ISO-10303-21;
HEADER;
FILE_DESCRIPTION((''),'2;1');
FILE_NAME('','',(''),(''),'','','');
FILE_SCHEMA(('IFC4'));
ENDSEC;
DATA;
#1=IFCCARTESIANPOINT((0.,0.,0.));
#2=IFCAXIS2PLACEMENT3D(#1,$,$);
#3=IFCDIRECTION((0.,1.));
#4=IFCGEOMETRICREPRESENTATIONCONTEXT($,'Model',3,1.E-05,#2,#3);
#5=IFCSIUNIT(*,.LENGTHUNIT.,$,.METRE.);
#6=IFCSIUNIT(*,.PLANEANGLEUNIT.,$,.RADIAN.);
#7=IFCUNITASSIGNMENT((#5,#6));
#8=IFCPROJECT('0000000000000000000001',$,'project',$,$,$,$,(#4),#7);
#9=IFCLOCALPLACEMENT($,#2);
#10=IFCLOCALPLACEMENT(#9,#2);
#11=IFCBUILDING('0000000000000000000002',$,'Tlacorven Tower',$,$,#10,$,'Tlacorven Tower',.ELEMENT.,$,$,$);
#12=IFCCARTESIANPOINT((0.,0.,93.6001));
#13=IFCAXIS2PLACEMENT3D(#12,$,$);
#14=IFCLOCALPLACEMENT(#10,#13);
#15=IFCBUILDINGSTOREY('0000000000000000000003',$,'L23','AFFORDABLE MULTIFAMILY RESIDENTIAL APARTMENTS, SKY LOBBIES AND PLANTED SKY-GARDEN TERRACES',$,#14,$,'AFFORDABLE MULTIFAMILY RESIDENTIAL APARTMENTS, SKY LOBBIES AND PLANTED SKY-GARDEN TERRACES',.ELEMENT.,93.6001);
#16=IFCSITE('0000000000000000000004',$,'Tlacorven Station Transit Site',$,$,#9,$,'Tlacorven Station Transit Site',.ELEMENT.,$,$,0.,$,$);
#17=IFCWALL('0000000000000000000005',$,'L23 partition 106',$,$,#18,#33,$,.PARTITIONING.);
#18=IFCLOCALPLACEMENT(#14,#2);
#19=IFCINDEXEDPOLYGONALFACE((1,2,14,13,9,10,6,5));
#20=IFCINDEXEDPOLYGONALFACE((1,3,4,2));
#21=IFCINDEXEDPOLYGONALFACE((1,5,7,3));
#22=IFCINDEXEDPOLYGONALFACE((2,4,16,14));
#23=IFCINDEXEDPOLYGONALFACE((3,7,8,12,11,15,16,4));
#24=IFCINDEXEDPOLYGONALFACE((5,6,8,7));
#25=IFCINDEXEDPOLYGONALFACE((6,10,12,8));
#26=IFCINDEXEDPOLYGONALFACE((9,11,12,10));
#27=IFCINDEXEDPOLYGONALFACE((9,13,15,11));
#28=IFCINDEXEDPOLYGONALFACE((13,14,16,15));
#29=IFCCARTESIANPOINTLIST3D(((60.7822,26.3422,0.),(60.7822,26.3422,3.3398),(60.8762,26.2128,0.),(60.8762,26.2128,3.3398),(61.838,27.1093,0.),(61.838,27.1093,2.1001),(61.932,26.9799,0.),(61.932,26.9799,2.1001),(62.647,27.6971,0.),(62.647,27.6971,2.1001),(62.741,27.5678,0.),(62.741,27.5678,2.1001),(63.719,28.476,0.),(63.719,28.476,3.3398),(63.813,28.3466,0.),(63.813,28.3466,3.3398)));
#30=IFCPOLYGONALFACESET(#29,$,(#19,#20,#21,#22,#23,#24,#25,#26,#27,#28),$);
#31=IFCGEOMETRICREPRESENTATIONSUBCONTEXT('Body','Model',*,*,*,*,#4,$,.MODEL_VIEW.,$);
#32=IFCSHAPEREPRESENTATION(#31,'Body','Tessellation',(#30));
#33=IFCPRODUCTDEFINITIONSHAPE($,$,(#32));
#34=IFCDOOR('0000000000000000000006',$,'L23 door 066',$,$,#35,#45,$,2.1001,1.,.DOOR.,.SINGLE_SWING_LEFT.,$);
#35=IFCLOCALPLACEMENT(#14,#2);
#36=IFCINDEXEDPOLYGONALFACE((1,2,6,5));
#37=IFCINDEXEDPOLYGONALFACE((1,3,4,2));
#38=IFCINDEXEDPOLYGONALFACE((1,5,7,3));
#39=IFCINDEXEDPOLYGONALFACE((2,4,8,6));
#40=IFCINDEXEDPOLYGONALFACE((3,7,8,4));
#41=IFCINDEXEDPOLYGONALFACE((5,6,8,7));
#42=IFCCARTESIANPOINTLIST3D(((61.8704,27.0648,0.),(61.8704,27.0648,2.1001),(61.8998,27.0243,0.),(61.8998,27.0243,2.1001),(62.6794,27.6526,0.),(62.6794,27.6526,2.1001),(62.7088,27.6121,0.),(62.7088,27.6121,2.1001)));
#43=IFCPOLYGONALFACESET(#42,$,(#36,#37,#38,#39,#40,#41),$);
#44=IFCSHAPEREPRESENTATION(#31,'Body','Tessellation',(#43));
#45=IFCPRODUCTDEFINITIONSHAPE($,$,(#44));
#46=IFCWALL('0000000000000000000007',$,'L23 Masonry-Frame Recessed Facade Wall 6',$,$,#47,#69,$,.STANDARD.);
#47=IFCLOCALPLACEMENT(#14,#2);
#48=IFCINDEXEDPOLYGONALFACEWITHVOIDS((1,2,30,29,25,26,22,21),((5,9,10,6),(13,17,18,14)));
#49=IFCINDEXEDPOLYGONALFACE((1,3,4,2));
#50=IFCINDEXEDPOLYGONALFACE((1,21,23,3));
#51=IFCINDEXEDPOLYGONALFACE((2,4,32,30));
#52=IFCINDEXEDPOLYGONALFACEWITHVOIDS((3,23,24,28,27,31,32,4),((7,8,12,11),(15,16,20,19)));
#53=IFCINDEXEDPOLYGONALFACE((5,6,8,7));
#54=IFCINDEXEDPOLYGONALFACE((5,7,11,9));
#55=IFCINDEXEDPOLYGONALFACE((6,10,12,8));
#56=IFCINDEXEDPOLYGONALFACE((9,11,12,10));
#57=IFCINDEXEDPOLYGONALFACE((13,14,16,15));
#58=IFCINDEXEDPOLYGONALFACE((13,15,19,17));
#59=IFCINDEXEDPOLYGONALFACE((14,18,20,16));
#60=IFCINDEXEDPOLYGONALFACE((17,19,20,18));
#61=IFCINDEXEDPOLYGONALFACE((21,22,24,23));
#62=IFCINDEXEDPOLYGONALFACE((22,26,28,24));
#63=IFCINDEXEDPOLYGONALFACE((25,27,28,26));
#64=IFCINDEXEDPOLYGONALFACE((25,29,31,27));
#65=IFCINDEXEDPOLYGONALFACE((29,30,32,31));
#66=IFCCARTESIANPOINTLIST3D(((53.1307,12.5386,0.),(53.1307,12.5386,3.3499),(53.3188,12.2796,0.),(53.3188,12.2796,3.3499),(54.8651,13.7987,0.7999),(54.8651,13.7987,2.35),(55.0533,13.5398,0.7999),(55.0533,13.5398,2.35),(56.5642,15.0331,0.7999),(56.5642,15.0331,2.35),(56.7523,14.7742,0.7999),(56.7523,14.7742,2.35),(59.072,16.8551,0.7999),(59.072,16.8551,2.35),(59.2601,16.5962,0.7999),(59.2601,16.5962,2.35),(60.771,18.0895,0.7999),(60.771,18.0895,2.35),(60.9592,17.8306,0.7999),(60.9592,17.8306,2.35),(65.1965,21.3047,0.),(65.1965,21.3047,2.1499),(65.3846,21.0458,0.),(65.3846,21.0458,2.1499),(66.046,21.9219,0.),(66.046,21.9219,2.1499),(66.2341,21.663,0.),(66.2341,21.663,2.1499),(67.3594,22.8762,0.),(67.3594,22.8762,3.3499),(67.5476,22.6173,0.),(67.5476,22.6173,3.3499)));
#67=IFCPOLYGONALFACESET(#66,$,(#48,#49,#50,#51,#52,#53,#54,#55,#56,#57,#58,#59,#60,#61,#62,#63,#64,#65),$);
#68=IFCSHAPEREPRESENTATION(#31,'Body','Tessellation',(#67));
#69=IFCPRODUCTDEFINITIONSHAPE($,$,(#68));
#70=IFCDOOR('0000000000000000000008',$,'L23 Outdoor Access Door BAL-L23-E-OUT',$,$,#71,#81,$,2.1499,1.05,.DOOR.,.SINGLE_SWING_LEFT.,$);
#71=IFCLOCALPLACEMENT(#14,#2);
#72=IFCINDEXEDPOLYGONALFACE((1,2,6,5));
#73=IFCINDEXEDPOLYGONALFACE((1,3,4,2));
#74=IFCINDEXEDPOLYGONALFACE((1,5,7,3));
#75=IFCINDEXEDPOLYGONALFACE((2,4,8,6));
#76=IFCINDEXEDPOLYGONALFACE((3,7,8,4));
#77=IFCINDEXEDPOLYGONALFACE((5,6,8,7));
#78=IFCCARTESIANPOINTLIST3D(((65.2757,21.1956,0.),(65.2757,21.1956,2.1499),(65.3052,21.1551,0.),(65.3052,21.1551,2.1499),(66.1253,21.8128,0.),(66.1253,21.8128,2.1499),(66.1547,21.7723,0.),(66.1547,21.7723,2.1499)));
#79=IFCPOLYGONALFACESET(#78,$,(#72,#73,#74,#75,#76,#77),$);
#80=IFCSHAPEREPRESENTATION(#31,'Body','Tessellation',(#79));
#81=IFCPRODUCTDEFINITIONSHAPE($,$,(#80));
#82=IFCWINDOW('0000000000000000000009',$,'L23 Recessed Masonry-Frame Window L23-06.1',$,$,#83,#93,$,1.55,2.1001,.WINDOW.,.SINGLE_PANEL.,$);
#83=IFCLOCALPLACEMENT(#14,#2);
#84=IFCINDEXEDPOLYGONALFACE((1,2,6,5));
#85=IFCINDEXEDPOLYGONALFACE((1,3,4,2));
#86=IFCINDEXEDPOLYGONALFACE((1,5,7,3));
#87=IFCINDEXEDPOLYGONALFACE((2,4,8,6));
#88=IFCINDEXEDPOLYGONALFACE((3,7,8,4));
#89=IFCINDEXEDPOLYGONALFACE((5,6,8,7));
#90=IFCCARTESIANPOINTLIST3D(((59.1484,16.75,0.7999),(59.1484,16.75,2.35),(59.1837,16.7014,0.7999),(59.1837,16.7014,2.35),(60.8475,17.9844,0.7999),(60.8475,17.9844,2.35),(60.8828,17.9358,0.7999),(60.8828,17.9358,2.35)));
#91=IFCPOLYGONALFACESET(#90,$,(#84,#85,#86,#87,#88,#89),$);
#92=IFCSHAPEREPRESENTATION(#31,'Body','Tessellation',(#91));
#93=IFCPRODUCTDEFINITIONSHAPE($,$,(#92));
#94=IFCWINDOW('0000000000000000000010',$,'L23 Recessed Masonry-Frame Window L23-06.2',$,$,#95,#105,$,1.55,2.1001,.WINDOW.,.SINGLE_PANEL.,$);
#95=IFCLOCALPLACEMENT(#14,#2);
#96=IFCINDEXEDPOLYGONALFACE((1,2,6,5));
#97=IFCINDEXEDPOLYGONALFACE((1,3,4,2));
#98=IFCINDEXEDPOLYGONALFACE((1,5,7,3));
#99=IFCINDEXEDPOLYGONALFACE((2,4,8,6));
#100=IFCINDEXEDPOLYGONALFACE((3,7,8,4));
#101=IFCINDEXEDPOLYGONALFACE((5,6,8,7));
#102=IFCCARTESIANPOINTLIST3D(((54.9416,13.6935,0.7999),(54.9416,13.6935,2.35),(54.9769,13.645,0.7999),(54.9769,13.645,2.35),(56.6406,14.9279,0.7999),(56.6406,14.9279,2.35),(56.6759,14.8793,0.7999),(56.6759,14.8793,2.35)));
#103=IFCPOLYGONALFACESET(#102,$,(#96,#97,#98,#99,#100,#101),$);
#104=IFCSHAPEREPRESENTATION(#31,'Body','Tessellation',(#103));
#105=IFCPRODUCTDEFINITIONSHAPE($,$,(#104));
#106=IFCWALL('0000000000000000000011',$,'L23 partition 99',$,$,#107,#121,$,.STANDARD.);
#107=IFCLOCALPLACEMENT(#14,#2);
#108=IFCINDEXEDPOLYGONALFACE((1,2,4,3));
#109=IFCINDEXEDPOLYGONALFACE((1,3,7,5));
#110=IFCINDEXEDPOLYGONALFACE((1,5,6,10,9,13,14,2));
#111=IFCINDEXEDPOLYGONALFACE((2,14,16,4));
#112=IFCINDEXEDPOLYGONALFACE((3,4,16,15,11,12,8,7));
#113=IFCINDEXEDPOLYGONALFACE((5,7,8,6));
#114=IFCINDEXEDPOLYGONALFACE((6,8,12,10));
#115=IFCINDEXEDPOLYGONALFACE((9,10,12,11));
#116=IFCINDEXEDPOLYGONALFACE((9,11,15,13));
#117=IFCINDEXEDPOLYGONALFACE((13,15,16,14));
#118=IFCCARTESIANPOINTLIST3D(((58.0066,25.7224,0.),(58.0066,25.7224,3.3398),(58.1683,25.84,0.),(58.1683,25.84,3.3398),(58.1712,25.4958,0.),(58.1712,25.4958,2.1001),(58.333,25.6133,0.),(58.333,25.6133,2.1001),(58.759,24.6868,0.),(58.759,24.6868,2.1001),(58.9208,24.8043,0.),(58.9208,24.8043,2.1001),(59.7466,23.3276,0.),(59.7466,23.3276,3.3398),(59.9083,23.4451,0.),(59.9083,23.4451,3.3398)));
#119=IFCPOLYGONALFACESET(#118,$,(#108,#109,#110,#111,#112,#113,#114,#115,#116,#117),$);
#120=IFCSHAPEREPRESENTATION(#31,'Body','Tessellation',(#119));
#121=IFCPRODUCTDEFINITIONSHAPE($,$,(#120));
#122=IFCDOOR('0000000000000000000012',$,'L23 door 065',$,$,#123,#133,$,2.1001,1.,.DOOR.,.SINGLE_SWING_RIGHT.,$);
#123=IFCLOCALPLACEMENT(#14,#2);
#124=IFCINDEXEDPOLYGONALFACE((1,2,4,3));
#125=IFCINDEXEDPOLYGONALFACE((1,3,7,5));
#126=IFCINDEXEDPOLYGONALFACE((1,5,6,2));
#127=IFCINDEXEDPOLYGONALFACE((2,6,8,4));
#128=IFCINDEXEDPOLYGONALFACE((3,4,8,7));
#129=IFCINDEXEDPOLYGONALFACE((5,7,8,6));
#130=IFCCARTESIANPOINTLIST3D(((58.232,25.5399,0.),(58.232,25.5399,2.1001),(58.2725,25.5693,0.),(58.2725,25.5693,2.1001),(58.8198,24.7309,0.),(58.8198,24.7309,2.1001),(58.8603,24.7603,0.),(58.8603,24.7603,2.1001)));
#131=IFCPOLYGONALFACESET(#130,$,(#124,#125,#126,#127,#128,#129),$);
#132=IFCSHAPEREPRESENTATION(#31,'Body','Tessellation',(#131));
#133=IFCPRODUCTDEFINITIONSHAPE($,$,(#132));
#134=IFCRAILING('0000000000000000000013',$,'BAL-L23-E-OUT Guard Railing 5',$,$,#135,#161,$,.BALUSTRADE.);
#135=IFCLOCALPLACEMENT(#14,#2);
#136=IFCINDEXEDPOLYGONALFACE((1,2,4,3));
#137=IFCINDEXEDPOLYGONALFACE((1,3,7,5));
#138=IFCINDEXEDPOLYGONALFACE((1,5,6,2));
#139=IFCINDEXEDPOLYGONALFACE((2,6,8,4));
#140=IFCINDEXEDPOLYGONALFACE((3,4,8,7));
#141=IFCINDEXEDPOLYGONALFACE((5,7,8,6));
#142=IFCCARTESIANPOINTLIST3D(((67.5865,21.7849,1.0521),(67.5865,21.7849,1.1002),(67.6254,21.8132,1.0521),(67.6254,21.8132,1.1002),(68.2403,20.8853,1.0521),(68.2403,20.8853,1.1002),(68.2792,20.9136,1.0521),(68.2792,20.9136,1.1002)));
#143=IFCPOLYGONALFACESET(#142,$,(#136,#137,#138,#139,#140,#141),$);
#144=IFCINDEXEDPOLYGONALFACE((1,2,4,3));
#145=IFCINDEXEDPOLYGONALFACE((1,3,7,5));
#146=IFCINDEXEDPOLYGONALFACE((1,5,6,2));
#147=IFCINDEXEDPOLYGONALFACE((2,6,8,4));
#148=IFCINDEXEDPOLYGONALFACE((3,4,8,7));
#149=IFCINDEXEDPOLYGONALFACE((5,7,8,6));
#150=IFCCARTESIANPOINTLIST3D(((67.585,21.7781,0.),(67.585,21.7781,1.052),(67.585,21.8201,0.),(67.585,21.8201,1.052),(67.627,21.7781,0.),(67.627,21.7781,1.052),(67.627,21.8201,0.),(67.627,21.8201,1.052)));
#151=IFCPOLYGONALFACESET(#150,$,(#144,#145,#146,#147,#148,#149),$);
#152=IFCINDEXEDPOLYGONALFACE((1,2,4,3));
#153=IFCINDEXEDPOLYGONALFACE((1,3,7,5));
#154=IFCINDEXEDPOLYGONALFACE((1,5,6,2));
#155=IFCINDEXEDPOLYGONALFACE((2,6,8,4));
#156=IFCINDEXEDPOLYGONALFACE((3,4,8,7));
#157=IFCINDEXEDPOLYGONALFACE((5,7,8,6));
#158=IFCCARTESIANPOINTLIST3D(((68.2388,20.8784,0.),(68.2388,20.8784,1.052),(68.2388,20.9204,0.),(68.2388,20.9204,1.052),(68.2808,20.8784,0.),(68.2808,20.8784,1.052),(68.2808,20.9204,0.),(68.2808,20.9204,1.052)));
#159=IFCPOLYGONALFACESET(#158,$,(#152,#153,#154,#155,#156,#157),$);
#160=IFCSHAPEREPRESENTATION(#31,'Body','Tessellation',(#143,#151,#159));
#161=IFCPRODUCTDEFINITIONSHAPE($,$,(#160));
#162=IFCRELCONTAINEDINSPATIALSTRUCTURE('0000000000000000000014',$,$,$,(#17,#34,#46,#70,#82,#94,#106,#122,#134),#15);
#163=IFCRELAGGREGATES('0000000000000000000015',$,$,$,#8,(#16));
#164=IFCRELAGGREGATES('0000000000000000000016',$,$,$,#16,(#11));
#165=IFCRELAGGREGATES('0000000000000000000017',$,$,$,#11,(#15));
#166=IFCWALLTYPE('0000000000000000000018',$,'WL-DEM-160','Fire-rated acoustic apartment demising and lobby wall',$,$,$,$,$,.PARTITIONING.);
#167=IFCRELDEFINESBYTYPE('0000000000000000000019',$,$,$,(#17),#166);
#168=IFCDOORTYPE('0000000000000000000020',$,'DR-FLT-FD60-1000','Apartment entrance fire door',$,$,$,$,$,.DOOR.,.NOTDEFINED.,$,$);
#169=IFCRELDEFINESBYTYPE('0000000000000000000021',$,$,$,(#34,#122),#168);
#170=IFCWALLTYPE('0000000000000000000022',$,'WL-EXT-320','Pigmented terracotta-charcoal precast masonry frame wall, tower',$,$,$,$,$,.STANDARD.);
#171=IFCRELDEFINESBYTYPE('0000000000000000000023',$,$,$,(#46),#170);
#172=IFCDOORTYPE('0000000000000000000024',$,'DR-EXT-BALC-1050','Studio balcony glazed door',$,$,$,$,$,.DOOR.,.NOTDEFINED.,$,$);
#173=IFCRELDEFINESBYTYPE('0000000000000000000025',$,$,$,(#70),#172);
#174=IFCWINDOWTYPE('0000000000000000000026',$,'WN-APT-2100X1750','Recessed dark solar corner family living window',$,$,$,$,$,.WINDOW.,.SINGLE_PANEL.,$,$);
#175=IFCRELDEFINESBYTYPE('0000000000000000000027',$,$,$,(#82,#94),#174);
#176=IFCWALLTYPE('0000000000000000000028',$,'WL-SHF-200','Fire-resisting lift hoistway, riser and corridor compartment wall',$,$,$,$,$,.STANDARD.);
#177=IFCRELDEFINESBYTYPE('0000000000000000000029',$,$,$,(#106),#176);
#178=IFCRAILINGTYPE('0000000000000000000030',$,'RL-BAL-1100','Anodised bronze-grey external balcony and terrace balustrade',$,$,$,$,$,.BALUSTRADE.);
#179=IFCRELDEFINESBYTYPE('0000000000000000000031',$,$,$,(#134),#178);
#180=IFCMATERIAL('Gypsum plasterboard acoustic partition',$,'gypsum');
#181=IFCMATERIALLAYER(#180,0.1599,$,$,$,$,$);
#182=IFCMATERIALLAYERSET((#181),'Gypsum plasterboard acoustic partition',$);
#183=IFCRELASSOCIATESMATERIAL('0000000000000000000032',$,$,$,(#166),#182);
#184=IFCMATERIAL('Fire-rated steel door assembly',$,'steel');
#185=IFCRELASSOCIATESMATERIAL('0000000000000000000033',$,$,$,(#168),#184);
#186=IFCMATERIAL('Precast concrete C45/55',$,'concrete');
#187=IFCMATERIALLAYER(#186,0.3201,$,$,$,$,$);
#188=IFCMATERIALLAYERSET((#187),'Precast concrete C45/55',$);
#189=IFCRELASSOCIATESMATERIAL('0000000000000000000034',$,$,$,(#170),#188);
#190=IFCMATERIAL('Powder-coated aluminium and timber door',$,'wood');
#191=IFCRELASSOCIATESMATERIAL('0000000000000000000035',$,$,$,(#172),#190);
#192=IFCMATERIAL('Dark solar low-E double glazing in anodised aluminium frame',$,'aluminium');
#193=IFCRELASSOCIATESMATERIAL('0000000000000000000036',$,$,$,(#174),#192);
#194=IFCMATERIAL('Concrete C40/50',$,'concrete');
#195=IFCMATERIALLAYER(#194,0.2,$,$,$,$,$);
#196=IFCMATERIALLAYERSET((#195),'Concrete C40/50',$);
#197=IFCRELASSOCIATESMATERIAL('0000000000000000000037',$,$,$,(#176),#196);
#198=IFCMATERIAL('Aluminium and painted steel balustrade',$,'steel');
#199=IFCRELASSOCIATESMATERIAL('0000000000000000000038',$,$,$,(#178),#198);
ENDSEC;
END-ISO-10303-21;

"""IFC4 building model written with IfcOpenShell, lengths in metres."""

from ifc_helpers import new_model, si_unit, direction, frame, frame_2d, origin, origin_2d, place, context, subcontext, project, spatial, rectangle, extrude, source, transform, mapped, material, layer, layer_set, type_object, element, fill, save


model = new_model("IFC4")

# Units and contexts
model_context = context("Model", 3, precision=1e-05, world=origin(), true_north=direction((0.0, 1.0)))
body_context = subcontext(model_context, "Body", "Model", "MODEL_VIEW")
ifc_project = project(units=[si_unit("LENGTHUNIT", "METRE"), si_unit("PLANEANGLEUNIT", "RADIAN")], contexts=[model_context])

# Site, building, storey
site_placement = place(None, origin())
site = spatial("IfcSite", under=ifc_project, at=site_placement, Name="Tlacorven Station Transit Site", LongName="Tlacorven Station Transit Site", CompositionType="ELEMENT", RefElevation=0.0)
building_placement = place(site_placement, origin())
building = spatial("IfcBuilding", under=site, at=building_placement, Name="Tlacorven Tower", LongName="Tlacorven Tower", CompositionType="ELEMENT")
storey_placement = place(building_placement, frame((0.0, 0.0, 93.6001)))
storey = spatial("IfcBuildingStorey", under=building, at=storey_placement, Name="L23", Description="AFFORDABLE MULTIFAMILY RESIDENTIAL APARTMENTS, SKY LOBBIES AND PLANTED SKY-GARDEN TERRACES", LongName="AFFORDABLE MULTIFAMILY RESIDENTIAL APARTMENTS, SKY LOBBIES AND PLANTED SKY-GARDEN TERRACES", CompositionType="ELEMENT", Elevation=93.6001)

# Shared definitions
ifc_material_1 = material(Name="Gypsum plasterboard acoustic partition", Category="gypsum")
ifc_layer_1 = layer(ifc_material_1, 0.1599)
ifc_layer_set_1 = layer_set([ifc_layer_1], Name="Gypsum plasterboard acoustic partition")
wall_type_1 = type_object("IfcWallType", Name="WL-DEM-160", Description="Fire-rated acoustic apartment demising and lobby wall", PredefinedType="PARTITIONING", material=ifc_layer_set_1)
ifc_material_2 = material(Name="Fire-rated steel door assembly", Category="steel")
door_type_1 = type_object("IfcDoorType", Name="DR-FLT-FD60-1000", Description="Apartment entrance fire door", OperationType="NOTDEFINED", PredefinedType="DOOR", material=ifc_material_2)
shared_shape_1 = source(origin(), body_context, "Body", "SweptSolid", [
    extrude(rectangle(XDim=1.0, YDim=2.1001, at=frame_2d((0.5, 1.05))), frame((0.0, 0.0249, 0.0), z_axis=(0.0, -1.0, 0.0), x_axis=(1.0, 0.0, 0.0)), (0.0, 0.0, 1.0), 0.05),
])

# Wall, opening, door
wall_1_placement = place(storey_placement, frame((60.8293, 26.2776, 0.0), z_axis=(0.0, 0.0, 1.0), x_axis=(0.809004, 0.587804, 0.0)))
wall_1 = element("IfcWall", 1, at=wall_1_placement, inside=storey, type_object=wall_type_1, Name="L23 partition 106", PredefinedType="PARTITIONING", context=body_context, shape_type="SweptSolid", body=[
    extrude(rectangle(XDim=3.6301, YDim=0.1599, at=frame_2d((1.8149, 0.0))), origin(), (0.0, 0.0, 1.0), 3.3398),
])
opening_1_placement = place(wall_1_placement, frame((1.3049, 0.0, 0.0)))
opening_1 = element("IfcOpeningElement", 2, at=opening_1_placement, cuts=wall_1, PredefinedType="OPENING", context=body_context, shape_type="SweptSolid", body=[
    extrude(rectangle(XDim=1.0, YDim=2.1001, at=frame_2d((0.5, 1.05))), frame((0.0, 0.0898, 0.0), z_axis=(0.0, -1.0, 0.0), x_axis=(1.0, 0.0, 0.0)), (0.0, 0.0, 1.0), 0.1799),
])
door_1_placement = place(opening_1_placement, origin())
door_1 = element("IfcDoor", 3, at=door_1_placement, inside=storey, type_object=door_type_1, Name="L23 door 066", OperationType="SINGLE_SWING_LEFT", OverallHeight=2.1001, OverallWidth=1.0, PredefinedType="DOOR", context=body_context, shape_type="MappedRepresentation", body=[
    mapped(shared_shape_1, transform((0.0, 0.0, 0.0), scale=1.0)),
])
fill(opening_1, door_1)

# Wall, openings, door, windows
ifc_material_3 = material(Name="Precast concrete C45/55", Category="concrete")
ifc_layer_2 = layer(ifc_material_3, 0.3201)
ifc_layer_set_2 = layer_set([ifc_layer_2], Name="Precast concrete C45/55")
wall_type_2 = type_object("IfcWallType", Name="WL-EXT-320", Description="Pigmented terracotta-charcoal precast masonry frame wall, tower", PredefinedType="STANDARD", material=ifc_layer_set_2)
wall_2_placement = place(storey_placement, frame((67.4536, 22.7468, 0.0), z_axis=(0.0, 0.0, 1.0), x_axis=(-0.809021, -0.58778, 0.0)))
wall_2 = element("IfcWall", 4, at=wall_2_placement, inside=storey, type_object=wall_type_2, Name="L23 Masonry-Frame Recessed Facade Wall 6", PredefinedType="STANDARD", context=body_context, shape_type="SweptSolid", body=[
    extrude(rectangle(XDim=17.5876, YDim=0.3201, at=frame_2d((8.7939, 0.0))), origin(), (0.0, 0.0, 1.0), 3.3499),
])
opening_2_placement = place(wall_2_placement, frame((1.6238, 0.0, 0.0)))
opening_2 = element("IfcOpeningElement", 5, at=opening_2_placement, cuts=wall_2, PredefinedType="OPENING", context=body_context, shape_type="SweptSolid", body=[
    extrude(rectangle(XDim=1.05, YDim=2.1499, at=frame_2d((0.5249, 1.075))), frame((0.0, 0.1699, 0.0), z_axis=(0.0, -1.0, 0.0), x_axis=(1.0, 0.0, 0.0)), (0.0, 0.0, 1.0), 0.3401),
])
opening_3_placement = place(wall_2_placement, frame((8.1438, 0.0, 0.8)))
opening_3 = element("IfcOpeningElement", 6, at=opening_3_placement, cuts=wall_2, PredefinedType="OPENING", context=body_context, shape_type="SweptSolid", body=[
    extrude(rectangle(XDim=2.1001, YDim=1.55, at=frame_2d((1.05, 0.7749))), frame((0.0, 0.1699, 0.0), z_axis=(0.0, -1.0, 0.0), x_axis=(1.0, 0.0, 0.0)), (0.0, 0.0, 1.0), 0.3401),
])
opening_4_placement = place(wall_2_placement, frame((13.3438, 0.0, 0.8)))
opening_4 = element("IfcOpeningElement", 7, at=opening_4_placement, cuts=wall_2, PredefinedType="OPENING", context=body_context, shape_type="SweptSolid", body=[
    extrude(rectangle(XDim=2.1001, YDim=1.55, at=frame_2d((1.05, 0.7749))), frame((0.0, 0.1699, 0.0), z_axis=(0.0, -1.0, 0.0), x_axis=(1.0, 0.0, 0.0)), (0.0, 0.0, 1.0), 0.3401),
])
ifc_material_4 = material(Name="Powder-coated aluminium and timber door", Category="wood")
door_type_2 = type_object("IfcDoorType", Name="DR-EXT-BALC-1050", Description="Studio balcony glazed door", OperationType="NOTDEFINED", PredefinedType="DOOR", material=ifc_material_4)
shared_shape_2 = source(origin(), body_context, "Body", "SweptSolid", [
    extrude(rectangle(XDim=1.05, YDim=2.1499, at=frame_2d((0.5249, 1.075))), frame((0.0, 0.0249, 0.0), z_axis=(0.0, -1.0, 0.0), x_axis=(1.0, 0.0, 0.0)), (0.0, 0.0, 1.0), 0.05),
])
door_2_placement = place(opening_2_placement, origin())
door_2 = element("IfcDoor", 8, at=door_2_placement, inside=storey, type_object=door_type_2, Name="L23 Outdoor Access Door BAL-L23-E-OUT", OperationType="SINGLE_SWING_LEFT", OverallHeight=2.1499, OverallWidth=1.05, PredefinedType="DOOR", context=body_context, shape_type="MappedRepresentation", body=[
    mapped(shared_shape_2, transform((0.0, 0.0, 0.0), scale=1.0)),
])
fill(opening_2, door_2)
ifc_material_5 = material(Name="Dark solar low-E double glazing in anodised aluminium frame", Category="aluminium")
window_type = type_object("IfcWindowType", Name="WN-APT-2100X1750", Description="Recessed dark solar corner family living window", PartitioningType="SINGLE_PANEL", PredefinedType="WINDOW", material=ifc_material_5)
shared_shape_3 = source(origin(), body_context, "Body", "SweptSolid", [
    extrude(rectangle(XDim=2.1001, YDim=1.55, at=frame_2d((1.05, 0.7749))), frame((0.0, 0.03, 0.0), z_axis=(0.0, -1.0, 0.0), x_axis=(1.0, 0.0, 0.0)), (0.0, 0.0, 1.0), 0.0601),
])
window_1_placement = place(opening_3_placement, origin())
window_1 = element("IfcWindow", 9, at=window_1_placement, inside=storey, type_object=window_type, Name="L23 Recessed Masonry-Frame Window L23-06.1", OverallHeight=1.55, OverallWidth=2.1001, PartitioningType="SINGLE_PANEL", PredefinedType="WINDOW", context=body_context, shape_type="MappedRepresentation", body=[
    mapped(shared_shape_3, transform((0.0, 0.0, 0.0), scale=1.0)),
])
fill(opening_3, window_1)
window_2_placement = place(opening_4_placement, origin())
window_2 = element("IfcWindow", 10, at=window_2_placement, inside=storey, type_object=window_type, Name="L23 Recessed Masonry-Frame Window L23-06.2", OverallHeight=1.55, OverallWidth=2.1001, PartitioningType="SINGLE_PANEL", PredefinedType="WINDOW", context=body_context, shape_type="MappedRepresentation", body=[
    mapped(shared_shape_3, transform((0.0, 0.0, 0.0), scale=1.0)),
])
fill(opening_4, window_2)

# Wall, opening, door
ifc_material_6 = material(Name="Concrete C40/50", Category="concrete")
ifc_layer_3 = layer(ifc_material_6, 0.2)
ifc_layer_set_3 = layer_set([ifc_layer_3], Name="Concrete C40/50")
wall_type_3 = type_object("IfcWallType", Name="WL-SHF-200", Description="Fire-resisting lift hoistway, riser and corridor compartment wall", PredefinedType="STANDARD", material=ifc_layer_set_3)
wall_3_placement = place(storey_placement, frame((59.8274, 23.3865, 0.0), z_axis=(0.0, 0.0, 1.0), x_axis=(-0.587804, 0.809003, 0.0)))
wall_3 = element("IfcWall", 11, at=wall_3_placement, inside=storey, type_object=wall_type_3, Name="L23 partition 99", PredefinedType="STANDARD", context=body_context, shape_type="SweptSolid", body=[
    extrude(rectangle(XDim=2.9602, YDim=0.2, at=frame_2d((1.48, 0.0))), origin(), (0.0, 0.0, 1.0), 3.3398),
])
opening_5_placement = place(wall_3_placement, frame((1.6799, 0.0, 0.0)))
opening_5 = element("IfcOpeningElement", 12, at=opening_5_placement, cuts=wall_3, PredefinedType="OPENING", context=body_context, shape_type="SweptSolid", body=[
    extrude(rectangle(XDim=1.0, YDim=2.1001, at=frame_2d((0.5, 1.05))), frame((0.0, 0.1099, 0.0), z_axis=(0.0, -1.0, 0.0), x_axis=(1.0, 0.0, 0.0)), (0.0, 0.0, 1.0), 0.22),
])
door_3_placement = place(opening_5_placement, origin())
door_3 = element("IfcDoor", 13, at=door_3_placement, inside=storey, type_object=door_type_1, Name="L23 door 065", OperationType="SINGLE_SWING_RIGHT", OverallHeight=2.1001, OverallWidth=1.0, PredefinedType="DOOR", context=body_context, shape_type="MappedRepresentation", body=[
    mapped(shared_shape_1, transform((0.0, 0.0, 0.0), scale=1.0)),
])
fill(opening_5, door_3)

# Railing
ifc_material_7 = material(Name="Aluminium and painted steel balustrade", Category="steel")
railing_type = type_object("IfcRailingType", Name="RL-BAL-1100", Description="Anodised bronze-grey external balcony and terrace balustrade", PredefinedType="BALUSTRADE", material=ifc_material_7)
shared_shape_4 = source(origin(), body_context, "Body", "SweptSolid", [
    extrude(rectangle(XDim=0.0481, YDim=0.0481, at=origin_2d()), frame((0.0, 0.0, 1.0762), z_axis=(0.587884, -0.808945, 0.0), x_axis=(0.808945, 0.587884, 0.0)), (0.0, 0.0, 1.0), 1.1121),
    extrude(rectangle(XDim=0.042, YDim=0.042, at=origin_2d()), origin(), (0.0, 0.0, 1.0), 1.052),
    extrude(rectangle(XDim=0.042, YDim=0.042, at=origin_2d()), frame((0.6538, -0.8997, 0.0)), (0.0, 0.0, 1.0), 1.052),
])
railing_1_placement = place(storey_placement, frame((67.606, 21.7991, 0.0)))
element("IfcRailing", 14, at=railing_1_placement, inside=storey, type_object=railing_type, Name="BAL-L23-E-OUT Guard Railing 5", PredefinedType="BALUSTRADE", context=body_context, shape_type="MappedRepresentation", body=[
    mapped(shared_shape_4, transform((0.0, 0.0, 0.0), scale=1.0)),
])

save(model, "model.ifc")
